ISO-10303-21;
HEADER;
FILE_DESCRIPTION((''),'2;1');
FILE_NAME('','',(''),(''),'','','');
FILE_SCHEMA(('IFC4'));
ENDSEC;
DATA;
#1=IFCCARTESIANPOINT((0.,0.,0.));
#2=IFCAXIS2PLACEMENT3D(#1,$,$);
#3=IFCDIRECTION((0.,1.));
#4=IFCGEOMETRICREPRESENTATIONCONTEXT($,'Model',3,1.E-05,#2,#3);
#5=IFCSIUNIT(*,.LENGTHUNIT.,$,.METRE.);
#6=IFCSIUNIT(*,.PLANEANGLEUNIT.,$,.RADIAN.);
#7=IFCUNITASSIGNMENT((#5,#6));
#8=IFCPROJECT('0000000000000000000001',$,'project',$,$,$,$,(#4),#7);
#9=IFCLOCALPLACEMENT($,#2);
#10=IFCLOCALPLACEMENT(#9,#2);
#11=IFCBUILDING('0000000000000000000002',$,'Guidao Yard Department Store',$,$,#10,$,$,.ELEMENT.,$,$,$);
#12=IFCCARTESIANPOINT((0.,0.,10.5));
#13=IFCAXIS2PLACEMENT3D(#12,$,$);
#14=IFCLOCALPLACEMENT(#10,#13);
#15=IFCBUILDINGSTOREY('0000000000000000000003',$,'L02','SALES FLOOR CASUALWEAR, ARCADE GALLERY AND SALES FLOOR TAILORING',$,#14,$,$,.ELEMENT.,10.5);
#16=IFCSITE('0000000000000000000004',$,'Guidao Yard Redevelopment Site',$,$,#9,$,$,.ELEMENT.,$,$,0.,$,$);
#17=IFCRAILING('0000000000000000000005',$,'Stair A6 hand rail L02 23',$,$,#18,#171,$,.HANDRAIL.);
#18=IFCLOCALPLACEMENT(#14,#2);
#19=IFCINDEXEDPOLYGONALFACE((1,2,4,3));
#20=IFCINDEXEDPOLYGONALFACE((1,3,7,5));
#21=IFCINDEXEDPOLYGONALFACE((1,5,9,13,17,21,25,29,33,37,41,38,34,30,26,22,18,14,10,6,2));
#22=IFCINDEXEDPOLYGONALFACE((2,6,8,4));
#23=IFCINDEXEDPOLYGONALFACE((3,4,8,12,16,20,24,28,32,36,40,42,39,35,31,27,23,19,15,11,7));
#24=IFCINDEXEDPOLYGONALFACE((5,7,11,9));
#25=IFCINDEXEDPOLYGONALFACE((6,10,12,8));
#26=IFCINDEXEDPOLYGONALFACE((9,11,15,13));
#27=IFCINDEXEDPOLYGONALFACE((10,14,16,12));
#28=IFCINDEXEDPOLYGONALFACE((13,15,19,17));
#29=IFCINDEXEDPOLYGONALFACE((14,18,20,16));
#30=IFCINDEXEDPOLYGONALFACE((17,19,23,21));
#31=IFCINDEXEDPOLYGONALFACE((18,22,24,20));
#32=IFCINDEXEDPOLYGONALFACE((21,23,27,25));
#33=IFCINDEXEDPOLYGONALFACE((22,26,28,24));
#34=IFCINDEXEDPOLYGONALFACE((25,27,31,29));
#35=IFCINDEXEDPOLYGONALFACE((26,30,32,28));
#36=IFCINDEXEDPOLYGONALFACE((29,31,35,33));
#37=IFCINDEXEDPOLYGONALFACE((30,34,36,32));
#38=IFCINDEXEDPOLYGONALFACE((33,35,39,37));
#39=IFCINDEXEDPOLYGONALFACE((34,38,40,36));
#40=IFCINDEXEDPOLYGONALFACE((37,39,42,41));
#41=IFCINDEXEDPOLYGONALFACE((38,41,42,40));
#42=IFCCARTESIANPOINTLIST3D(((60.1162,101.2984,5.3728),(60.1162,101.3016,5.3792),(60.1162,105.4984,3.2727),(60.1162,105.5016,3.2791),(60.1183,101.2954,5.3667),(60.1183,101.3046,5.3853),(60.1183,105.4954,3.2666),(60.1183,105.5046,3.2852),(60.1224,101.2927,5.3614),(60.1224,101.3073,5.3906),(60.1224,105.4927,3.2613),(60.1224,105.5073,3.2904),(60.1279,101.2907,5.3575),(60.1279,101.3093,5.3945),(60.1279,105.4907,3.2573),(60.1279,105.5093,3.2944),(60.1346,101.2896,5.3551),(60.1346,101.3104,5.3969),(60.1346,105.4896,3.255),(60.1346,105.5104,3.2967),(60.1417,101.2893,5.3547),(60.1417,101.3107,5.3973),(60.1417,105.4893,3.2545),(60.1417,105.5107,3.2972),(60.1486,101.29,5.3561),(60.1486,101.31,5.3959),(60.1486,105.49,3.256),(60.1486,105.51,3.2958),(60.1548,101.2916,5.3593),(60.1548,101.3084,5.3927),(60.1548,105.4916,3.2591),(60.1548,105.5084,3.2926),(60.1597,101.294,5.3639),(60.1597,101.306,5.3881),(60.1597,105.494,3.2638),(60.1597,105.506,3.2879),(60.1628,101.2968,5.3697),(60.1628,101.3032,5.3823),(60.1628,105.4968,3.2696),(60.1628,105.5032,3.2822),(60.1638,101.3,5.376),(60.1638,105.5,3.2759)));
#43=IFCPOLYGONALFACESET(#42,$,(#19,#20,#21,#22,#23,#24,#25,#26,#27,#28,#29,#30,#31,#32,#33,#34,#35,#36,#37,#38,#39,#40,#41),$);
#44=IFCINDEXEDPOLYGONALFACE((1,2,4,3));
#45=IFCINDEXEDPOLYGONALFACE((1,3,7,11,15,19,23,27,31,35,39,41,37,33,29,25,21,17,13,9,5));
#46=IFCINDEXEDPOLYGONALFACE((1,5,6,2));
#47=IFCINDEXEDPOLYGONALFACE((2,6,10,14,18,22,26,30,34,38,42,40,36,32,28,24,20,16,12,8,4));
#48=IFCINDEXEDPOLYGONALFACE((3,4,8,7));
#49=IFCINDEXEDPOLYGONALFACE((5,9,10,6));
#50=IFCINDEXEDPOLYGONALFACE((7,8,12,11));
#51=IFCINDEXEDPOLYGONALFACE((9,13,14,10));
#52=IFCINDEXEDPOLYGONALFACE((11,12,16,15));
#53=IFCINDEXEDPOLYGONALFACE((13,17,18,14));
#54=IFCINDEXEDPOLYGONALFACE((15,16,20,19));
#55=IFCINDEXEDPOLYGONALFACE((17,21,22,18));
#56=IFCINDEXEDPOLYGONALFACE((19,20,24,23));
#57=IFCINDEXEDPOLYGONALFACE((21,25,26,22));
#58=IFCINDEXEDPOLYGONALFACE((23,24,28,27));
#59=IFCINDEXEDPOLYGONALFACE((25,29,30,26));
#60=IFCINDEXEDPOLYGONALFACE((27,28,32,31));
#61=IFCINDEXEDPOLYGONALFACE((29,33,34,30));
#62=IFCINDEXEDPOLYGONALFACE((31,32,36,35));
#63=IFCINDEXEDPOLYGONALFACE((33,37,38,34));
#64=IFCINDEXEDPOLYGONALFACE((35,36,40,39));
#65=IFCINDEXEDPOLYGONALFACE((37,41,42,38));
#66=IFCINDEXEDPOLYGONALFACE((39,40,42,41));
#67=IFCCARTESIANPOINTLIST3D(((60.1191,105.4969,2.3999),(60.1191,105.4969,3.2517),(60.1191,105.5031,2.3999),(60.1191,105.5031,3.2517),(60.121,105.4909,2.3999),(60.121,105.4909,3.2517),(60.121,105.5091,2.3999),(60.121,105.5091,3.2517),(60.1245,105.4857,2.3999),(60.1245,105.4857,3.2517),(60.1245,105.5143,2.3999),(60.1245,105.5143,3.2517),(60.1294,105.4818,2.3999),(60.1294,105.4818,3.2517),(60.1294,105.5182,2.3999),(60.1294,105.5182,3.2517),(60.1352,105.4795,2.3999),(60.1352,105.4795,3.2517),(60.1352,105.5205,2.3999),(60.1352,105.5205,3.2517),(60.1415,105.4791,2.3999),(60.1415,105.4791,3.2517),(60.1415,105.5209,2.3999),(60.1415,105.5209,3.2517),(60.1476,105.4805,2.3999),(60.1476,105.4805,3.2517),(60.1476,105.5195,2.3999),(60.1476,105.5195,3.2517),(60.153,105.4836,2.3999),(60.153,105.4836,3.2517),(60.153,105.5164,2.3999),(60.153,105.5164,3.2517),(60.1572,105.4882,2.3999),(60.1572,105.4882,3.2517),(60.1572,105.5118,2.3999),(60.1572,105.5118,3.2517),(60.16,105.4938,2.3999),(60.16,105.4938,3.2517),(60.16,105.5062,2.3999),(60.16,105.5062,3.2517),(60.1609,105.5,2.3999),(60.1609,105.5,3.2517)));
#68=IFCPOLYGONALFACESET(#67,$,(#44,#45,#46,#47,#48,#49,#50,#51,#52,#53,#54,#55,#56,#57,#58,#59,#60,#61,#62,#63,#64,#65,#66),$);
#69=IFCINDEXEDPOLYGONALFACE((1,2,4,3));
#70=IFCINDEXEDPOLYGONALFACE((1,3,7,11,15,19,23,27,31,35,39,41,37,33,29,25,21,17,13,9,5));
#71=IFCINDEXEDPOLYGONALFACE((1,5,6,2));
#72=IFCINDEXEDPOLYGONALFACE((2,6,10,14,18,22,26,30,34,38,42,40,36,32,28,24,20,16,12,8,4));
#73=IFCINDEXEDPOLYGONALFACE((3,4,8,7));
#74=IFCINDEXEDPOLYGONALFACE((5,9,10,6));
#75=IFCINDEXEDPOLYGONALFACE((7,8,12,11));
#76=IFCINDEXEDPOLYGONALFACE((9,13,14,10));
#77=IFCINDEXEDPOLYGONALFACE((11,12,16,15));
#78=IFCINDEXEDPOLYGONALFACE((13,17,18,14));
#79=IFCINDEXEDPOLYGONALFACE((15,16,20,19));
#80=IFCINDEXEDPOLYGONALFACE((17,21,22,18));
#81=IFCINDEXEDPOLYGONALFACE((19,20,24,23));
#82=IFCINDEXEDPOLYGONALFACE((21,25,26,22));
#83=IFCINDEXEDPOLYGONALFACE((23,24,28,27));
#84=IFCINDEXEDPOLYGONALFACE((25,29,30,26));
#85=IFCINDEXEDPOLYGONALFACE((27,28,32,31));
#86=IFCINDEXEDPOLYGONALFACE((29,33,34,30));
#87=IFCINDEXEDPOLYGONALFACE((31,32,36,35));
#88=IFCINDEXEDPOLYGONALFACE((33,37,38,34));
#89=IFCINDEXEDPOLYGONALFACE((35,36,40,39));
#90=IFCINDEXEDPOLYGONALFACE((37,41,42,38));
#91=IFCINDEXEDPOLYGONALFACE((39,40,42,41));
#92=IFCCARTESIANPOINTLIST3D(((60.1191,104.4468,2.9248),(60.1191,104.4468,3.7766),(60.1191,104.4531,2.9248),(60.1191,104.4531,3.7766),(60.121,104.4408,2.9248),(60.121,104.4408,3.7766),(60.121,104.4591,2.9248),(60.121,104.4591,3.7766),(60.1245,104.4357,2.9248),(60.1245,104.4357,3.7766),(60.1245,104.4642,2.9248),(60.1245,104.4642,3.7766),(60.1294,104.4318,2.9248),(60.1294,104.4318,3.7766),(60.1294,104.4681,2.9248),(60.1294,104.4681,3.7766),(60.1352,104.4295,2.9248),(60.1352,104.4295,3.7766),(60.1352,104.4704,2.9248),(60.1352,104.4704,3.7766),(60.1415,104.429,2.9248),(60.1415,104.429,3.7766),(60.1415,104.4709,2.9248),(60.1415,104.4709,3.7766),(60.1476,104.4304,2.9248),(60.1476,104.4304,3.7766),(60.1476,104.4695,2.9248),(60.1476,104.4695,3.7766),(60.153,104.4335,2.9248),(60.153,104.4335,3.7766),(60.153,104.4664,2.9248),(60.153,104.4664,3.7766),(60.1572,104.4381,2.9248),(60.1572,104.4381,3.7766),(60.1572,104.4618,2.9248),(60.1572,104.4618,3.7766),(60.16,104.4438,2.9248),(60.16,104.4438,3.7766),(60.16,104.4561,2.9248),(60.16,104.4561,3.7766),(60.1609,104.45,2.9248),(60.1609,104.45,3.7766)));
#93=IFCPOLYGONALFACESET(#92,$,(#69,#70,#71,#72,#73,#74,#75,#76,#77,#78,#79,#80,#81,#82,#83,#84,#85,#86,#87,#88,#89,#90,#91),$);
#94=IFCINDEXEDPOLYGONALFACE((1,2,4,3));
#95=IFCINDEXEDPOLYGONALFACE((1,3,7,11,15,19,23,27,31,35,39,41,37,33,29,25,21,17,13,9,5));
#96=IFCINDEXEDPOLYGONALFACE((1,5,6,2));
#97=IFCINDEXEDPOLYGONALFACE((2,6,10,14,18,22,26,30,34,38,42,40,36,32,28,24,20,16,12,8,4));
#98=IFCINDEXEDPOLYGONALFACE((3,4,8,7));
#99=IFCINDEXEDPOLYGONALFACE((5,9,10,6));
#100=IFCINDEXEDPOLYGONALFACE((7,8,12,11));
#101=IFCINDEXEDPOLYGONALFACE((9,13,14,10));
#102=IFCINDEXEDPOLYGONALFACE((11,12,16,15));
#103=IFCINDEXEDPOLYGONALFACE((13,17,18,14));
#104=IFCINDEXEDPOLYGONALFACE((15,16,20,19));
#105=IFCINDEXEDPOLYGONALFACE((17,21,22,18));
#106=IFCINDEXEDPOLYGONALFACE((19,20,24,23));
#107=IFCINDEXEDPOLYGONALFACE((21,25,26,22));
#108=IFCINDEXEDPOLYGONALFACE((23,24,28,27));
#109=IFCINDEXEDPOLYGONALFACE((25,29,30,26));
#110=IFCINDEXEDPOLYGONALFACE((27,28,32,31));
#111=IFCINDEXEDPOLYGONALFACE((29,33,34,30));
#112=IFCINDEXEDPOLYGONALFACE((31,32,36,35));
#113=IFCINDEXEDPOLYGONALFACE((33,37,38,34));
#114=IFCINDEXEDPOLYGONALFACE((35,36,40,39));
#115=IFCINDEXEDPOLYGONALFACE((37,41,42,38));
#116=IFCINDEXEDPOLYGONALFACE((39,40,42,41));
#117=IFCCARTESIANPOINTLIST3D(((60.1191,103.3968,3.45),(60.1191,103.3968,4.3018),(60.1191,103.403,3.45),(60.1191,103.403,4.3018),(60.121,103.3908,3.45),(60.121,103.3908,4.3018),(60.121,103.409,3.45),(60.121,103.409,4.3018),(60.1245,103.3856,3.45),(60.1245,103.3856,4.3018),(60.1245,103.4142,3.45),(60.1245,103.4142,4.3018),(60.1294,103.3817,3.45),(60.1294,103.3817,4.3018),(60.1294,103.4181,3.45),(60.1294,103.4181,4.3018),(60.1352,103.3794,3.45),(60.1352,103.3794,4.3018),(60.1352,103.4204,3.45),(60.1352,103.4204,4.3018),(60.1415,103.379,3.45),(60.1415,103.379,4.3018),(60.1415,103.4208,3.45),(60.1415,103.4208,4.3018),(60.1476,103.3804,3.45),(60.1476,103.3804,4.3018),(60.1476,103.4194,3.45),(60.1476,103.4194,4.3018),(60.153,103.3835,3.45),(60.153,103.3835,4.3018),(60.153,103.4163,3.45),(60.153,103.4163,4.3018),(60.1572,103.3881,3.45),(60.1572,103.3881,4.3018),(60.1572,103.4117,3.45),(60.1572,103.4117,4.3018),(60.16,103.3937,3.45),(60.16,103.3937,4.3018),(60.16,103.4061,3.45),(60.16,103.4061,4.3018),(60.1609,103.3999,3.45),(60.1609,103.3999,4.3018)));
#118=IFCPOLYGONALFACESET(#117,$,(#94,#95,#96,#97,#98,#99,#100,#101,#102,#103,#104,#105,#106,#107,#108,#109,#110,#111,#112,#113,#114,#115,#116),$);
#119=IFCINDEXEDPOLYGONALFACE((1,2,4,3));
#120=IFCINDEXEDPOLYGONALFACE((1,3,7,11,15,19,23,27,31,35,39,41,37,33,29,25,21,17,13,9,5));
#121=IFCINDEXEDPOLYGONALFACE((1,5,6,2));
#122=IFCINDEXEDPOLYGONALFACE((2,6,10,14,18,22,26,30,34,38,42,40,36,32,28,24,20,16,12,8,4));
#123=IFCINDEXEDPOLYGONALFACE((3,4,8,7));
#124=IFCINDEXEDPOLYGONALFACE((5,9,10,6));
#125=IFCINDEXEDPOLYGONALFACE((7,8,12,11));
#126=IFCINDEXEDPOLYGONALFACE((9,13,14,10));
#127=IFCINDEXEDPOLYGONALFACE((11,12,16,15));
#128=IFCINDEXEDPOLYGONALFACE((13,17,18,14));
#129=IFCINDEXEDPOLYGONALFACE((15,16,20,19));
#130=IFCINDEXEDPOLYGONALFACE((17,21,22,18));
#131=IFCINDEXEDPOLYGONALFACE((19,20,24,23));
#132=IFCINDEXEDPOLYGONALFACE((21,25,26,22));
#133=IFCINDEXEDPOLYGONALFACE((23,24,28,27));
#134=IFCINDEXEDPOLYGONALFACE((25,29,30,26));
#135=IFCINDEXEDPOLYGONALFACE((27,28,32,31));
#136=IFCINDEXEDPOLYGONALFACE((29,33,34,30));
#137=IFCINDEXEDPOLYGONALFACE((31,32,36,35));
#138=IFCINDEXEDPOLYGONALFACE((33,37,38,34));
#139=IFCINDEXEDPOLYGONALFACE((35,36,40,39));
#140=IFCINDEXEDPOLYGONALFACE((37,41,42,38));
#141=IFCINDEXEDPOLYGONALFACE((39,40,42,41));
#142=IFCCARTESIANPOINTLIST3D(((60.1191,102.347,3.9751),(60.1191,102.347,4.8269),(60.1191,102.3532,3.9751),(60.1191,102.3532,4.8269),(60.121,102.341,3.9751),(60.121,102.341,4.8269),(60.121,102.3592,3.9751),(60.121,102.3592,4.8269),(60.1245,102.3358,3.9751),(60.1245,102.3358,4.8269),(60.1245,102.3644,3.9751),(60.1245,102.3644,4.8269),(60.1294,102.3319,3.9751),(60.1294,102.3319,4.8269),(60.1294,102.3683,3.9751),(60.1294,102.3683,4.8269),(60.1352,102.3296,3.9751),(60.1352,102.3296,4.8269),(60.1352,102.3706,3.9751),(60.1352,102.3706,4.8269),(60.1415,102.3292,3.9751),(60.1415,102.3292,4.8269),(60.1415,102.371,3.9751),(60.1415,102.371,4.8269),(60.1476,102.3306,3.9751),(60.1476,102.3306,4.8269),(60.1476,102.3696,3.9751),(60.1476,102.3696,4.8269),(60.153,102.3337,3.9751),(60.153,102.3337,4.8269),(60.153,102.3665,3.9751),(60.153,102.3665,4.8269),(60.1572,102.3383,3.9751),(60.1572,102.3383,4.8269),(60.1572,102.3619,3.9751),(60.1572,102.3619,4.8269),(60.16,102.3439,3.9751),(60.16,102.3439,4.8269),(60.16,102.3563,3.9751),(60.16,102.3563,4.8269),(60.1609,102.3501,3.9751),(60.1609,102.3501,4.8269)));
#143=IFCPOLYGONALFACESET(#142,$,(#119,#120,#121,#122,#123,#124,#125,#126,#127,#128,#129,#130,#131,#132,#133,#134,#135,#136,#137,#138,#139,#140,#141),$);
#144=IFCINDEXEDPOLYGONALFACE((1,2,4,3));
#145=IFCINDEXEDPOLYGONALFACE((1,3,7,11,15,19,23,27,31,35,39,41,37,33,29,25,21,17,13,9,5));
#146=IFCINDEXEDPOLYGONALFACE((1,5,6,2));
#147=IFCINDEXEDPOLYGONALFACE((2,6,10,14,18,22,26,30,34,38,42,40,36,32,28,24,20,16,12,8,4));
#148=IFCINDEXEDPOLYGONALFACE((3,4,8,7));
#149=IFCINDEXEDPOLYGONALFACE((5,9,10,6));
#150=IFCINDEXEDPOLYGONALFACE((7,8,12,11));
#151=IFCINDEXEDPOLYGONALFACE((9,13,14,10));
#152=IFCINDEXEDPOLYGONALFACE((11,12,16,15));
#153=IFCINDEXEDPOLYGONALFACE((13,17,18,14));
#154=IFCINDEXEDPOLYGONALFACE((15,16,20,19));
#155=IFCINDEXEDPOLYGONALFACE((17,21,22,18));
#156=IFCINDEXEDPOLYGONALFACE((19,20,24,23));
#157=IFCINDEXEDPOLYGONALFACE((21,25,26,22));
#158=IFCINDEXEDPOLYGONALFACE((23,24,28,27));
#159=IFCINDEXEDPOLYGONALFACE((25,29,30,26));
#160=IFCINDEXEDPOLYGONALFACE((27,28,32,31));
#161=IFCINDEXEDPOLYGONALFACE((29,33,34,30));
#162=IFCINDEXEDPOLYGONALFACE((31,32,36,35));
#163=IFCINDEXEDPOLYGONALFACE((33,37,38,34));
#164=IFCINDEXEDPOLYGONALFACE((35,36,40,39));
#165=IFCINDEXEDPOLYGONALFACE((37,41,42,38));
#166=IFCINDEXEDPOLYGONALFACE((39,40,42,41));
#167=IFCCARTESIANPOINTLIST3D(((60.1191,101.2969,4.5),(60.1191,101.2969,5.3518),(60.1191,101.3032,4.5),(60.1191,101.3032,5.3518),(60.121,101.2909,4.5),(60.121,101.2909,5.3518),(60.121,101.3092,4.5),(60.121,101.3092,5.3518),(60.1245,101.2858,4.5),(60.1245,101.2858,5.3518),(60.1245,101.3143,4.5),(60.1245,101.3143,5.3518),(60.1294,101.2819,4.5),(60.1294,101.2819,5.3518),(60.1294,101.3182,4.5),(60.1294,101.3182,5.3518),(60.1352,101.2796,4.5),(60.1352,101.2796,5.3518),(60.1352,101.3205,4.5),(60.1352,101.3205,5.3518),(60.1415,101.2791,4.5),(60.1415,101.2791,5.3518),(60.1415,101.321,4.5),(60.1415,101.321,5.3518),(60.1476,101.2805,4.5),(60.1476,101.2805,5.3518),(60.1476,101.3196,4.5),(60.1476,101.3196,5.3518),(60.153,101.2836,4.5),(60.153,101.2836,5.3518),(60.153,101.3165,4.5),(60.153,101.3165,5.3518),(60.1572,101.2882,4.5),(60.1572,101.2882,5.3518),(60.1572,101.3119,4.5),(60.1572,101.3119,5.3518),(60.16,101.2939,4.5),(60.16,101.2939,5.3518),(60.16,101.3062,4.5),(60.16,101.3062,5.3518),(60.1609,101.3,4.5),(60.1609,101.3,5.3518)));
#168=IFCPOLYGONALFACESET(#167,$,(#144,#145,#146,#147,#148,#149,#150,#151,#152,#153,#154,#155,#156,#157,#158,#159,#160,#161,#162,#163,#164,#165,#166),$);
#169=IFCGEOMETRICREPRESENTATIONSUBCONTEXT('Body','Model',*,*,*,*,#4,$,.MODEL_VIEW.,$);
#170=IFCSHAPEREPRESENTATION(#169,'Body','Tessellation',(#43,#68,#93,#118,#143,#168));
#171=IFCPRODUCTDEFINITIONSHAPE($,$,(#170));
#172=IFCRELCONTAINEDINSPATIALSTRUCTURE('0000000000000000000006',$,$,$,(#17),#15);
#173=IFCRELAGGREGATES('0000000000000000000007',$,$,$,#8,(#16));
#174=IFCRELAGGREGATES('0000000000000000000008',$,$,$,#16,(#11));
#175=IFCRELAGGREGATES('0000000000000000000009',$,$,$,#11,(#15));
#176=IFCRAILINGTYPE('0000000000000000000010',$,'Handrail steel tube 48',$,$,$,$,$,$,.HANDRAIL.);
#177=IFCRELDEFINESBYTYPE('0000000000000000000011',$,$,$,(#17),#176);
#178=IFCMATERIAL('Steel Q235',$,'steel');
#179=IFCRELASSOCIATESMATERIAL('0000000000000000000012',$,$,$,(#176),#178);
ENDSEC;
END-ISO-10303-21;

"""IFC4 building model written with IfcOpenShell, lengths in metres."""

from ifc_helpers import new_model, si_unit, direction, frame, origin, origin_2d, place, context, subcontext, project, spatial, circle, extrude, material, type_object, element, save


model = new_model("IFC4")

# Units and contexts
model_context = context("Model", 3, precision=1e-05, world=origin(), true_north=direction((0.0, 1.0)))
body_context = subcontext(model_context, "Body", "Model", "MODEL_VIEW")
ifc_project = project(units=[si_unit("LENGTHUNIT", "METRE"), si_unit("PLANEANGLEUNIT", "RADIAN")], contexts=[model_context])

# Site, building, storey
site_placement = place(None, origin())
site = spatial("IfcSite", under=ifc_project, at=site_placement, Name="Guidao Yard Redevelopment Site", CompositionType="ELEMENT", RefElevation=0.0)
building_placement = place(site_placement, origin())
building = spatial("IfcBuilding", under=site, at=building_placement, Name="Guidao Yard Department Store", CompositionType="ELEMENT")
storey_placement = place(building_placement, frame((0.0, 0.0, 10.5)))
storey = spatial("IfcBuildingStorey", under=building, at=storey_placement, Name="L02", Description="SALES FLOOR CASUALWEAR, ARCADE GALLERY AND SALES FLOOR TAILORING", CompositionType="ELEMENT", Elevation=10.5)

# Railing
ifc_material_1 = material(Name="Steel Q235", Category="steel")
railing_type_1 = type_object("IfcRailingType", Name="Handrail steel tube 48", PredefinedType="HANDRAIL", material=ifc_material_1)
for number, where, name in (
    (1, (60.1399, 105.5, 2.3999), "Stair A6 hand rail L02 23"),
):
    element("IfcRailing", number, at=place(storey_placement, frame(where)), inside=storey, type_object=railing_type_1, Name=name, PredefinedType="HANDRAIL", context=body_context, shape_type="SweptSolid", body=[
        extrude(circle(Radius=0.0239, at=origin_2d()), frame((0.0, 0.0, 0.876), z_axis=(0.0, -0.894417, 0.447234), x_axis=(1.0, 0.0, 0.0)), (0.0, 0.0, 1.0), 4.6958),
        extrude(circle(Radius=0.021, at=origin_2d()), origin(), (0.0, 0.0, 1.0), 0.8518),
        extrude(circle(Radius=0.021, at=origin_2d()), frame((0.0, -1.05, 0.5249)), (0.0, 0.0, 1.0), 0.8518),
        extrude(circle(Radius=0.021, at=origin_2d()), frame((0.0, -2.1001, 1.05)), (0.0, 0.0, 1.0), 0.8518),
        extrude(circle(Radius=0.021, at=origin_2d()), frame((0.0, -3.1499, 1.5752)), (0.0, 0.0, 1.0), 0.8518),
        extrude(circle(Radius=0.021, at=origin_2d()), frame((0.0, -4.2, 2.1001)), (0.0, 0.0, 1.0), 0.8518),
    ])

save(model, "model.ifc")
